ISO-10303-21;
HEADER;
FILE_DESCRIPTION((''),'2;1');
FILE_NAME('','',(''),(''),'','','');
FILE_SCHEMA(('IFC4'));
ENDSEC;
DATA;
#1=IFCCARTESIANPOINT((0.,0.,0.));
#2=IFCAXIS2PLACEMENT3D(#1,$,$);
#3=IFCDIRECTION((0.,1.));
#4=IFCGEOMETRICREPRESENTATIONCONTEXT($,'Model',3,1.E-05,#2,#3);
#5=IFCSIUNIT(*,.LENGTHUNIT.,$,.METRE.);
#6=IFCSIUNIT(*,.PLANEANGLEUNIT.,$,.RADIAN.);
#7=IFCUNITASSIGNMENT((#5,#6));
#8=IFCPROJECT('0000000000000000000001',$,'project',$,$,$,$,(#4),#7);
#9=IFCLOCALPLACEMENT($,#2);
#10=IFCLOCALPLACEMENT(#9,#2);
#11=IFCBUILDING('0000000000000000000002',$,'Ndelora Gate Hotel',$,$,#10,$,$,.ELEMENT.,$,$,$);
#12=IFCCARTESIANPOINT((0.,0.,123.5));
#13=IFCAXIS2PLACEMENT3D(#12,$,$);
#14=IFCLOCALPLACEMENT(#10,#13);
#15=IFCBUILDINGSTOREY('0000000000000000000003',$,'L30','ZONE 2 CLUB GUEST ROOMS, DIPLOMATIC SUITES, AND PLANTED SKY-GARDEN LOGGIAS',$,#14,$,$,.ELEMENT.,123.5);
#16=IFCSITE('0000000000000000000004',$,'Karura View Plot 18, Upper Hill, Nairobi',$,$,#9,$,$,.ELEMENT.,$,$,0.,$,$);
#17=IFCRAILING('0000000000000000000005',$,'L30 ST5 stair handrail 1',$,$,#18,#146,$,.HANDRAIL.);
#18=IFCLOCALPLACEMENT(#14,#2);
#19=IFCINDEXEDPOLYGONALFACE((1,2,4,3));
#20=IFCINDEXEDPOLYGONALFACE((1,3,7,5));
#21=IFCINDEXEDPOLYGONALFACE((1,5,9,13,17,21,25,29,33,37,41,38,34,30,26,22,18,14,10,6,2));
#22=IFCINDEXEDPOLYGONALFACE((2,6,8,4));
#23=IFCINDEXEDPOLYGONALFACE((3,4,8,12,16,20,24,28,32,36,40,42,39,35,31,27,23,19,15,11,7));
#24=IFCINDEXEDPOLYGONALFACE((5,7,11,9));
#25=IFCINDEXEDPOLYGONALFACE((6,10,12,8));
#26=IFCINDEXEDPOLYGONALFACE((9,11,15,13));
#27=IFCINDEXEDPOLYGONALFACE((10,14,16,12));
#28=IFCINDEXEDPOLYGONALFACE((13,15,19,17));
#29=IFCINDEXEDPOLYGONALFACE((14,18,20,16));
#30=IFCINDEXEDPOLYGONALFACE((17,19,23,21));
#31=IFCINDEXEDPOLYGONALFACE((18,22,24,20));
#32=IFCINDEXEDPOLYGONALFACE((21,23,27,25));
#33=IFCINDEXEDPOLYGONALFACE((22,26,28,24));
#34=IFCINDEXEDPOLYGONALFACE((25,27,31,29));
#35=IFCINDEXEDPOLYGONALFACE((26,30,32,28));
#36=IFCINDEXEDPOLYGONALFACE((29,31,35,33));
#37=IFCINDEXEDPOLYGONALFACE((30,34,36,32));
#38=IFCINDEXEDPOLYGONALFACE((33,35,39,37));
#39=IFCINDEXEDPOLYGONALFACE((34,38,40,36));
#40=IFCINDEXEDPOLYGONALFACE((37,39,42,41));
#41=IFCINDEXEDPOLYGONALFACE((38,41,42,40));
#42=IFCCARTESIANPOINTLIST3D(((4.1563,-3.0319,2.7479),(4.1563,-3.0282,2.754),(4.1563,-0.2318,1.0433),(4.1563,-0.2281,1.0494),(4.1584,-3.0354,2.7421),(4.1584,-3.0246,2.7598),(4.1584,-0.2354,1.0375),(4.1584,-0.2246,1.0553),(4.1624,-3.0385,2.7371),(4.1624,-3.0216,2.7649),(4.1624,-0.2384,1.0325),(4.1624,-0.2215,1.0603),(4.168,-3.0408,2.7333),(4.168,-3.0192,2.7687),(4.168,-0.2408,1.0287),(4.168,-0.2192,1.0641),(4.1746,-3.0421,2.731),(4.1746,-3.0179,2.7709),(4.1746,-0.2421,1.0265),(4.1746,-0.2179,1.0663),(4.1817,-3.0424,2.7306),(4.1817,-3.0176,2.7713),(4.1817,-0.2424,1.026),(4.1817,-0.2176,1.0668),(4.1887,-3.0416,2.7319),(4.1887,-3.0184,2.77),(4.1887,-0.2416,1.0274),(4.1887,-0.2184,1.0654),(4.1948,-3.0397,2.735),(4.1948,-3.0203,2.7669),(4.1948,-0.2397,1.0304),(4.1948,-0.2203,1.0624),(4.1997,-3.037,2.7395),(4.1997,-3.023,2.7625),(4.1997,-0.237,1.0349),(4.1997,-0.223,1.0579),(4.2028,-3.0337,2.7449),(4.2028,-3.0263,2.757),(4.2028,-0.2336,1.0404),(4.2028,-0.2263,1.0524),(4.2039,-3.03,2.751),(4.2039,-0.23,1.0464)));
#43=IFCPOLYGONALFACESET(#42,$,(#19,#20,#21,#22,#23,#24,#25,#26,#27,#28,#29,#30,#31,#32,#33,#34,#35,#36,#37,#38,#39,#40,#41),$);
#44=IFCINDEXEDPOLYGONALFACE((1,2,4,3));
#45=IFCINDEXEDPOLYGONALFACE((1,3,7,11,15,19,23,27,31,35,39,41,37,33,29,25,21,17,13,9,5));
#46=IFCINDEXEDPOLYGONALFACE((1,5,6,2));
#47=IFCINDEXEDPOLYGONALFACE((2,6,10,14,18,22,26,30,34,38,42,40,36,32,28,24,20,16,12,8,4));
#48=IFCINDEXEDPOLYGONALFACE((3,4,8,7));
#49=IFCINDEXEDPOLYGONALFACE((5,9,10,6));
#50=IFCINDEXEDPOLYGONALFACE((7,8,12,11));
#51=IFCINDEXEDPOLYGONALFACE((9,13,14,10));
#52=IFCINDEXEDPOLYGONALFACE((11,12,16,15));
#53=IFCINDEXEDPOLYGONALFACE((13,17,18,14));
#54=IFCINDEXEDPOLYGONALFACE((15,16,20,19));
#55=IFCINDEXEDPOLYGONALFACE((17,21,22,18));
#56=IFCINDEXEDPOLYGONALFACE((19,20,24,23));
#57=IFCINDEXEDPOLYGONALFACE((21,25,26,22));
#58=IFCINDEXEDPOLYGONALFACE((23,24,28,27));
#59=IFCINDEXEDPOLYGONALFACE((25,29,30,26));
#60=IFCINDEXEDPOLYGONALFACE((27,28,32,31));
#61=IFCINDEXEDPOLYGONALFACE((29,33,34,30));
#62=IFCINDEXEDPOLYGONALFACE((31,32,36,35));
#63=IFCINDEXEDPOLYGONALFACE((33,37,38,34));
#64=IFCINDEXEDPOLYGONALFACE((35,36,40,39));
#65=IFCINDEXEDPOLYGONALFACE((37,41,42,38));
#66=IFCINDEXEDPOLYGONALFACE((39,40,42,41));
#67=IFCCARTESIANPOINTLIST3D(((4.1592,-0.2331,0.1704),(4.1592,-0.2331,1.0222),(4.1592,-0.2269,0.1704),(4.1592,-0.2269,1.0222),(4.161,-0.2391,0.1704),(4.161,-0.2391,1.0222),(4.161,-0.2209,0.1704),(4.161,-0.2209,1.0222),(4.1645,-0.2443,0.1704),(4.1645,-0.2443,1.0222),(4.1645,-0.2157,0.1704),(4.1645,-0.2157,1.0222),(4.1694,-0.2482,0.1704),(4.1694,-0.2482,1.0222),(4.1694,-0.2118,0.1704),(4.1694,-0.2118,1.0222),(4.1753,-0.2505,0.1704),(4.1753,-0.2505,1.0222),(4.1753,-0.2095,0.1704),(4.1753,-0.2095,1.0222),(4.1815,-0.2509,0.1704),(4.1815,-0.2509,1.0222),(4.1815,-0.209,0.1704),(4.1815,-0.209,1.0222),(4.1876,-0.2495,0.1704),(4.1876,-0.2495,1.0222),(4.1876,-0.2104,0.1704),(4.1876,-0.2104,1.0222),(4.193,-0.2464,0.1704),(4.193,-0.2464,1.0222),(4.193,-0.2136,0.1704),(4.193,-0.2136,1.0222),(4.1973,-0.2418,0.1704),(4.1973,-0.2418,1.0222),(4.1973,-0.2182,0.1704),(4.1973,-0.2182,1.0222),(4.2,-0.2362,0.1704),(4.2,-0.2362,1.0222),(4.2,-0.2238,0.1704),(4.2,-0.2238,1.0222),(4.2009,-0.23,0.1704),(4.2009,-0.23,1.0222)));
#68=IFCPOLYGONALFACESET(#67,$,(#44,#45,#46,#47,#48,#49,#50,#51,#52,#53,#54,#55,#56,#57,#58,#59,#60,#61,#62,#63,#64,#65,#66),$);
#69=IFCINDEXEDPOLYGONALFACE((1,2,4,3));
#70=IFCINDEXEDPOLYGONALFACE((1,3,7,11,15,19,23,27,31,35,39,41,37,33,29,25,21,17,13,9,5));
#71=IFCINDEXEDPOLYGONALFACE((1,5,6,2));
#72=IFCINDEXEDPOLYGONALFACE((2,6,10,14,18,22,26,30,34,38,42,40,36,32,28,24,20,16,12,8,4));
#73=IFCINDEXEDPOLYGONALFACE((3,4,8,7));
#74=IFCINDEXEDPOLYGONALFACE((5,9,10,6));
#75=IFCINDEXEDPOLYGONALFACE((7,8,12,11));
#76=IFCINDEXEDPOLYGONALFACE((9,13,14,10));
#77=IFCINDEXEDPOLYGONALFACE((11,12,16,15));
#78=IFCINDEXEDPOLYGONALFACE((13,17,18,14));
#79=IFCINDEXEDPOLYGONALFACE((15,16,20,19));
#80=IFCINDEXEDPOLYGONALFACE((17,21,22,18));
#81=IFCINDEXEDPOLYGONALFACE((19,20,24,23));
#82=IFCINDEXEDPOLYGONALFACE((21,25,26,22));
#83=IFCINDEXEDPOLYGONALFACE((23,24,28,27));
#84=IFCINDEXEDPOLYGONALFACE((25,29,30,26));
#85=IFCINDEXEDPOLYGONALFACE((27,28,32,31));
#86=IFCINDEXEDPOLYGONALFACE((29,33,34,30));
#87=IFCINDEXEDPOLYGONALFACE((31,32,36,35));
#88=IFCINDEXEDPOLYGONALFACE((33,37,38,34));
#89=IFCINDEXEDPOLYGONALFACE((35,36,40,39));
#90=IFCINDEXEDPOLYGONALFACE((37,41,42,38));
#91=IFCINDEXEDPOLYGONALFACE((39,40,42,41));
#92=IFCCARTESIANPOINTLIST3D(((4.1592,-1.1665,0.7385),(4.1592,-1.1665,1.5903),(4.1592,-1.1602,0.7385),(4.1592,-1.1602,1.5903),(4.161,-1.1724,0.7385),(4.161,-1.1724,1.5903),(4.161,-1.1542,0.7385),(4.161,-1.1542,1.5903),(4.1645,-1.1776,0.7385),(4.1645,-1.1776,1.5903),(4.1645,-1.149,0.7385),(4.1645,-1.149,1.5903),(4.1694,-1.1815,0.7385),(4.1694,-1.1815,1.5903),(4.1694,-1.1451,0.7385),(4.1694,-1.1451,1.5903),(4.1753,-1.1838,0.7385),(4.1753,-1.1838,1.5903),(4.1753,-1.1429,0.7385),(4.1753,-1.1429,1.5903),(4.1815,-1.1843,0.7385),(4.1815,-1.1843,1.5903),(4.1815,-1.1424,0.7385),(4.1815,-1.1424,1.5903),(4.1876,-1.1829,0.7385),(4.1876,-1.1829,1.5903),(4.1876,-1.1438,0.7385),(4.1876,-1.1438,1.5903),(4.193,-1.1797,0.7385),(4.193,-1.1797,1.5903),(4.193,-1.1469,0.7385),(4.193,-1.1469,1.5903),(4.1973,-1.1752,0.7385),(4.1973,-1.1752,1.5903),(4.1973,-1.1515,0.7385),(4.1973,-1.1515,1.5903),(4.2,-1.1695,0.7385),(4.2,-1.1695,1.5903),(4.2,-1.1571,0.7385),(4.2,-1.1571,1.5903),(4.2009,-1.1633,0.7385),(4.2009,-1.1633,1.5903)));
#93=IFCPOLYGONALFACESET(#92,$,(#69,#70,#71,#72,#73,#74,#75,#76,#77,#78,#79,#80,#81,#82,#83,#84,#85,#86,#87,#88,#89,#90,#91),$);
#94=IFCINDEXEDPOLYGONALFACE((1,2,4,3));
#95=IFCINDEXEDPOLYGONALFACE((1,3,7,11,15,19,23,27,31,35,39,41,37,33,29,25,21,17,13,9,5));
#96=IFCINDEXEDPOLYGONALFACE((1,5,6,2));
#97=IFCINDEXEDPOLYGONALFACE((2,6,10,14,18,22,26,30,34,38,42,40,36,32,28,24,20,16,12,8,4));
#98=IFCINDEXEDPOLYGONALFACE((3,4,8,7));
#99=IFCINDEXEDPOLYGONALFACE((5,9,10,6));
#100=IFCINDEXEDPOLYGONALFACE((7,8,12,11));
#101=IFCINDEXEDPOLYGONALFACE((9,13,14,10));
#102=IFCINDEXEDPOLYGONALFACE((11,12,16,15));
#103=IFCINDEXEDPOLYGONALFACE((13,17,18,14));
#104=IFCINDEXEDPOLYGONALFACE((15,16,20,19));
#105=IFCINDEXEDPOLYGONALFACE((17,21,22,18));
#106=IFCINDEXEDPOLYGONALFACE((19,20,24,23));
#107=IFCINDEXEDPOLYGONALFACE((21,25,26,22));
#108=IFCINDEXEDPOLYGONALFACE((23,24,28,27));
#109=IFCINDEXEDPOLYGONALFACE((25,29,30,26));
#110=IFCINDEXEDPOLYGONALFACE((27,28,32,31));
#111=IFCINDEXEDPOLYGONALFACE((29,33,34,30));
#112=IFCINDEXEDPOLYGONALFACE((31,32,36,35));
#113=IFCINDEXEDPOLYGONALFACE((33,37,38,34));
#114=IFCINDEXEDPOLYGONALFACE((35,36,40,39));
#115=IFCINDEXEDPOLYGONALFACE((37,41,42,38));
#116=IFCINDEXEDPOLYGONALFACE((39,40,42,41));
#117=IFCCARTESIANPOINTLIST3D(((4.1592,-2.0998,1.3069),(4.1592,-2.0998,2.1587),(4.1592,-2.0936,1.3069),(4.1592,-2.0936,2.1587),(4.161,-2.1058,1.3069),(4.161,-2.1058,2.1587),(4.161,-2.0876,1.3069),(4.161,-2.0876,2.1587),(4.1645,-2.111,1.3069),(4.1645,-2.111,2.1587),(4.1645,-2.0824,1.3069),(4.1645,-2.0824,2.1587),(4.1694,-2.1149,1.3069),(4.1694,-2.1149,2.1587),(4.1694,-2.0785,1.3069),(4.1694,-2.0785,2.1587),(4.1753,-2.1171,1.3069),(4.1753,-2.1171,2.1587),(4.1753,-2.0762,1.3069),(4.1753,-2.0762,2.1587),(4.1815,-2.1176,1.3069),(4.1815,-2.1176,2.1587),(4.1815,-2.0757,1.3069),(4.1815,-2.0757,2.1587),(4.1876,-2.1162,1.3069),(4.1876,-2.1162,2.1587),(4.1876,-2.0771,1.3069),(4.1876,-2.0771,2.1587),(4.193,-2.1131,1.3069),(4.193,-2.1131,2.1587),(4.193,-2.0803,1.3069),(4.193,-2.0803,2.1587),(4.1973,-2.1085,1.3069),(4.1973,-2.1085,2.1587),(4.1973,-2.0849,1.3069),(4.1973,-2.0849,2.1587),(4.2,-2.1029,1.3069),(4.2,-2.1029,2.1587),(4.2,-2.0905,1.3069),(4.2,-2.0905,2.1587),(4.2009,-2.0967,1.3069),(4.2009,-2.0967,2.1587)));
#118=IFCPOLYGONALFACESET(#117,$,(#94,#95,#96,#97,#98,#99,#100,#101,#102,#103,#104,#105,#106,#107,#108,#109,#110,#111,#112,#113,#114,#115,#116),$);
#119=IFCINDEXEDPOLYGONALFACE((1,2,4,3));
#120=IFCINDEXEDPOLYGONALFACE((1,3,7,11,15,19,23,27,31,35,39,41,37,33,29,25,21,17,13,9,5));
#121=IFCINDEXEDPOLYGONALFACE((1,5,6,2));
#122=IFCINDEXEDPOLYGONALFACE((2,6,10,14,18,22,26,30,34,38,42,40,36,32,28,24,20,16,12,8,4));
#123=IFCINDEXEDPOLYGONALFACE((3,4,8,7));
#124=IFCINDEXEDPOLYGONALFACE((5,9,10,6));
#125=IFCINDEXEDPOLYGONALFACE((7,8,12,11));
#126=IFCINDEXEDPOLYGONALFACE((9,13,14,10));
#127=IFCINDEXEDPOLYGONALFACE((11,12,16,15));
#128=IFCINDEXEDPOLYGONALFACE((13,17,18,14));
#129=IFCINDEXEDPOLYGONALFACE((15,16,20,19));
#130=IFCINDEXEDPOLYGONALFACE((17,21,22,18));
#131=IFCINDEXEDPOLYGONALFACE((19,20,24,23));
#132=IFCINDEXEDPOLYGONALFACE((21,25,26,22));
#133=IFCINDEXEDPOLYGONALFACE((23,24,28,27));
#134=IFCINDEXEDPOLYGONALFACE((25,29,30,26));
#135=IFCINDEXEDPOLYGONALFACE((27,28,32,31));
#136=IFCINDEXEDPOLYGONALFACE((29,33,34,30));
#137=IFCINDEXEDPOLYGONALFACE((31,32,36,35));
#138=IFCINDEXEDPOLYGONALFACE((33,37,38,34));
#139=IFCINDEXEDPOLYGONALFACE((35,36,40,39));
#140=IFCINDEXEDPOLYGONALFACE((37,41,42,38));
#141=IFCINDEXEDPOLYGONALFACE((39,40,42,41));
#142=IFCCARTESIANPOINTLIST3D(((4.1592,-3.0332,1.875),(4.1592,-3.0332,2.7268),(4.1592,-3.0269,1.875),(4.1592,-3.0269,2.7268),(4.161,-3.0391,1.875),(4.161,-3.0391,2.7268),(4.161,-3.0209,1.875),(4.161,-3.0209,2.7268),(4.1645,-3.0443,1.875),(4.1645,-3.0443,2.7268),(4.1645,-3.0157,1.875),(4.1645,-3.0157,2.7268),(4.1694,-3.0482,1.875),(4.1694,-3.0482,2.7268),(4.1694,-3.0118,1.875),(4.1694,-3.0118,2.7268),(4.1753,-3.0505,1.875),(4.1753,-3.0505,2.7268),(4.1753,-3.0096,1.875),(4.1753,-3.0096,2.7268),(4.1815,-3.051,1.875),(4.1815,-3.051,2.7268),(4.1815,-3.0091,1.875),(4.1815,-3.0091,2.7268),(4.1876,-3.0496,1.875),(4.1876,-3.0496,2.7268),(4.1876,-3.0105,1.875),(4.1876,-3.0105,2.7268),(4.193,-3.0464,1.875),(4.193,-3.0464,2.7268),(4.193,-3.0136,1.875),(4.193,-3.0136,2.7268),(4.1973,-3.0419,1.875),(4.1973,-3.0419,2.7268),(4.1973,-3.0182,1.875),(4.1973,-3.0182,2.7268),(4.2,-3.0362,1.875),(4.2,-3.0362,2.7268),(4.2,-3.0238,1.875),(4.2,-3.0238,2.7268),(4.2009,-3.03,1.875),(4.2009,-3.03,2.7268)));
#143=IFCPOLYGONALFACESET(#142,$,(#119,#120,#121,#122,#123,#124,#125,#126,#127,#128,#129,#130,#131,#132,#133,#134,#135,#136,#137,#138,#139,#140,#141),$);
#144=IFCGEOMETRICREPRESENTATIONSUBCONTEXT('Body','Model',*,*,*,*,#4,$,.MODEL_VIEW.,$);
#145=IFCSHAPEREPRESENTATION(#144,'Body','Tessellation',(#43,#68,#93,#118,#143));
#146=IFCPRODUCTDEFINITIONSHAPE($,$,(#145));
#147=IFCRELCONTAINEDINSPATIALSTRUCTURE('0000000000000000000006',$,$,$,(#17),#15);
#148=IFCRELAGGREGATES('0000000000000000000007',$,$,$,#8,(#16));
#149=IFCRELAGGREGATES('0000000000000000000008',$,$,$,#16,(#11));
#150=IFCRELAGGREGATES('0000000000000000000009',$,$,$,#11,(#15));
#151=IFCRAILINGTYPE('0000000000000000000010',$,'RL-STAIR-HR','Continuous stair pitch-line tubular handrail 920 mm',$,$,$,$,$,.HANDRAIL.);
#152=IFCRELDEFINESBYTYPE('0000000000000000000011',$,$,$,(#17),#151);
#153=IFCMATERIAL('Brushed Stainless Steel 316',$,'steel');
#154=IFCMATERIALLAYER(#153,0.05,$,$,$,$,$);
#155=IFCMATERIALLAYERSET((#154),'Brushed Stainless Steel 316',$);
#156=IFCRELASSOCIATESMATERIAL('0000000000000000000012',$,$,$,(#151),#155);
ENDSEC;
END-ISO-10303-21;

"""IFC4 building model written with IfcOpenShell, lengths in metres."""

from ifc_helpers import new_model, si_unit, direction, frame, origin, origin_2d, place, context, subcontext, project, spatial, circle, extrude, material, layer, layer_set, type_object, element, save


model = new_model("IFC4")

# Units and contexts
model_context = context("Model", 3, precision=1e-05, world=origin(), true_north=direction((0.0, 1.0)))
body_context = subcontext(model_context, "Body", "Model", "MODEL_VIEW")
ifc_project = project(units=[si_unit("LENGTHUNIT", "METRE"), si_unit("PLANEANGLEUNIT", "RADIAN")], contexts=[model_context])

# Site, building, storey
site_placement = place(None, origin())
site = spatial("IfcSite", under=ifc_project, at=site_placement, Name="Karura View Plot 18, Upper Hill, Nairobi", CompositionType="ELEMENT", RefElevation=0.0)
building_placement = place(site_placement, origin())
building = spatial("IfcBuilding", under=site, at=building_placement, Name="Ndelora Gate Hotel", CompositionType="ELEMENT")
storey_placement = place(building_placement, frame((0.0, 0.0, 123.5)))
storey = spatial("IfcBuildingStorey", under=building, at=storey_placement, Name="L30", Description="ZONE 2 CLUB GUEST ROOMS, DIPLOMATIC SUITES, AND PLANTED SKY-GARDEN LOGGIAS", CompositionType="ELEMENT", Elevation=123.5)

# Railing
ifc_material_1 = material(Name="Brushed Stainless Steel 316", Category="steel")
ifc_layer_1 = layer(ifc_material_1, 0.05)
ifc_layer_set_1 = layer_set([ifc_layer_1], Name="Brushed Stainless Steel 316")
railing_type_1 = type_object("IfcRailingType", Name="RL-STAIR-HR", Description="Continuous stair pitch-line tubular handrail 920 mm", PredefinedType="HANDRAIL", material=ifc_layer_set_1)
railing_1_placement = place(storey_placement, frame((4.1799, -0.23, 0.1704)))
element("IfcRailing", 1, at=railing_1_placement, inside=storey, type_object=railing_type_1, Name="L30 ST5 stair handrail 1", PredefinedType="HANDRAIL", context=body_context, shape_type="SweptSolid", body=[
    extrude(circle(Radius=0.0239, at=origin_2d()), frame((0.0, 0.0, 0.876), z_axis=(0.0, -0.85417, 0.519994), x_axis=(1.0, 0.0, 0.0)), (0.0, 0.0, 1.0), 3.2781),
    extrude(circle(Radius=0.021, at=origin_2d()), origin(), (0.0, 0.0, 1.0), 0.8518),
    extrude(circle(Radius=0.021, at=origin_2d()), frame((0.0, -0.9333, 0.5681)), (0.0, 0.0, 1.0), 0.8518),
    extrude(circle(Radius=0.021, at=origin_2d()), frame((0.0, -1.8667, 1.1365)), (0.0, 0.0, 1.0), 0.8518),
    extrude(circle(Radius=0.021, at=origin_2d()), frame((0.0, -2.8, 1.7046)), (0.0, 0.0, 1.0), 0.8518),
])

save(model, "model.ifc")
